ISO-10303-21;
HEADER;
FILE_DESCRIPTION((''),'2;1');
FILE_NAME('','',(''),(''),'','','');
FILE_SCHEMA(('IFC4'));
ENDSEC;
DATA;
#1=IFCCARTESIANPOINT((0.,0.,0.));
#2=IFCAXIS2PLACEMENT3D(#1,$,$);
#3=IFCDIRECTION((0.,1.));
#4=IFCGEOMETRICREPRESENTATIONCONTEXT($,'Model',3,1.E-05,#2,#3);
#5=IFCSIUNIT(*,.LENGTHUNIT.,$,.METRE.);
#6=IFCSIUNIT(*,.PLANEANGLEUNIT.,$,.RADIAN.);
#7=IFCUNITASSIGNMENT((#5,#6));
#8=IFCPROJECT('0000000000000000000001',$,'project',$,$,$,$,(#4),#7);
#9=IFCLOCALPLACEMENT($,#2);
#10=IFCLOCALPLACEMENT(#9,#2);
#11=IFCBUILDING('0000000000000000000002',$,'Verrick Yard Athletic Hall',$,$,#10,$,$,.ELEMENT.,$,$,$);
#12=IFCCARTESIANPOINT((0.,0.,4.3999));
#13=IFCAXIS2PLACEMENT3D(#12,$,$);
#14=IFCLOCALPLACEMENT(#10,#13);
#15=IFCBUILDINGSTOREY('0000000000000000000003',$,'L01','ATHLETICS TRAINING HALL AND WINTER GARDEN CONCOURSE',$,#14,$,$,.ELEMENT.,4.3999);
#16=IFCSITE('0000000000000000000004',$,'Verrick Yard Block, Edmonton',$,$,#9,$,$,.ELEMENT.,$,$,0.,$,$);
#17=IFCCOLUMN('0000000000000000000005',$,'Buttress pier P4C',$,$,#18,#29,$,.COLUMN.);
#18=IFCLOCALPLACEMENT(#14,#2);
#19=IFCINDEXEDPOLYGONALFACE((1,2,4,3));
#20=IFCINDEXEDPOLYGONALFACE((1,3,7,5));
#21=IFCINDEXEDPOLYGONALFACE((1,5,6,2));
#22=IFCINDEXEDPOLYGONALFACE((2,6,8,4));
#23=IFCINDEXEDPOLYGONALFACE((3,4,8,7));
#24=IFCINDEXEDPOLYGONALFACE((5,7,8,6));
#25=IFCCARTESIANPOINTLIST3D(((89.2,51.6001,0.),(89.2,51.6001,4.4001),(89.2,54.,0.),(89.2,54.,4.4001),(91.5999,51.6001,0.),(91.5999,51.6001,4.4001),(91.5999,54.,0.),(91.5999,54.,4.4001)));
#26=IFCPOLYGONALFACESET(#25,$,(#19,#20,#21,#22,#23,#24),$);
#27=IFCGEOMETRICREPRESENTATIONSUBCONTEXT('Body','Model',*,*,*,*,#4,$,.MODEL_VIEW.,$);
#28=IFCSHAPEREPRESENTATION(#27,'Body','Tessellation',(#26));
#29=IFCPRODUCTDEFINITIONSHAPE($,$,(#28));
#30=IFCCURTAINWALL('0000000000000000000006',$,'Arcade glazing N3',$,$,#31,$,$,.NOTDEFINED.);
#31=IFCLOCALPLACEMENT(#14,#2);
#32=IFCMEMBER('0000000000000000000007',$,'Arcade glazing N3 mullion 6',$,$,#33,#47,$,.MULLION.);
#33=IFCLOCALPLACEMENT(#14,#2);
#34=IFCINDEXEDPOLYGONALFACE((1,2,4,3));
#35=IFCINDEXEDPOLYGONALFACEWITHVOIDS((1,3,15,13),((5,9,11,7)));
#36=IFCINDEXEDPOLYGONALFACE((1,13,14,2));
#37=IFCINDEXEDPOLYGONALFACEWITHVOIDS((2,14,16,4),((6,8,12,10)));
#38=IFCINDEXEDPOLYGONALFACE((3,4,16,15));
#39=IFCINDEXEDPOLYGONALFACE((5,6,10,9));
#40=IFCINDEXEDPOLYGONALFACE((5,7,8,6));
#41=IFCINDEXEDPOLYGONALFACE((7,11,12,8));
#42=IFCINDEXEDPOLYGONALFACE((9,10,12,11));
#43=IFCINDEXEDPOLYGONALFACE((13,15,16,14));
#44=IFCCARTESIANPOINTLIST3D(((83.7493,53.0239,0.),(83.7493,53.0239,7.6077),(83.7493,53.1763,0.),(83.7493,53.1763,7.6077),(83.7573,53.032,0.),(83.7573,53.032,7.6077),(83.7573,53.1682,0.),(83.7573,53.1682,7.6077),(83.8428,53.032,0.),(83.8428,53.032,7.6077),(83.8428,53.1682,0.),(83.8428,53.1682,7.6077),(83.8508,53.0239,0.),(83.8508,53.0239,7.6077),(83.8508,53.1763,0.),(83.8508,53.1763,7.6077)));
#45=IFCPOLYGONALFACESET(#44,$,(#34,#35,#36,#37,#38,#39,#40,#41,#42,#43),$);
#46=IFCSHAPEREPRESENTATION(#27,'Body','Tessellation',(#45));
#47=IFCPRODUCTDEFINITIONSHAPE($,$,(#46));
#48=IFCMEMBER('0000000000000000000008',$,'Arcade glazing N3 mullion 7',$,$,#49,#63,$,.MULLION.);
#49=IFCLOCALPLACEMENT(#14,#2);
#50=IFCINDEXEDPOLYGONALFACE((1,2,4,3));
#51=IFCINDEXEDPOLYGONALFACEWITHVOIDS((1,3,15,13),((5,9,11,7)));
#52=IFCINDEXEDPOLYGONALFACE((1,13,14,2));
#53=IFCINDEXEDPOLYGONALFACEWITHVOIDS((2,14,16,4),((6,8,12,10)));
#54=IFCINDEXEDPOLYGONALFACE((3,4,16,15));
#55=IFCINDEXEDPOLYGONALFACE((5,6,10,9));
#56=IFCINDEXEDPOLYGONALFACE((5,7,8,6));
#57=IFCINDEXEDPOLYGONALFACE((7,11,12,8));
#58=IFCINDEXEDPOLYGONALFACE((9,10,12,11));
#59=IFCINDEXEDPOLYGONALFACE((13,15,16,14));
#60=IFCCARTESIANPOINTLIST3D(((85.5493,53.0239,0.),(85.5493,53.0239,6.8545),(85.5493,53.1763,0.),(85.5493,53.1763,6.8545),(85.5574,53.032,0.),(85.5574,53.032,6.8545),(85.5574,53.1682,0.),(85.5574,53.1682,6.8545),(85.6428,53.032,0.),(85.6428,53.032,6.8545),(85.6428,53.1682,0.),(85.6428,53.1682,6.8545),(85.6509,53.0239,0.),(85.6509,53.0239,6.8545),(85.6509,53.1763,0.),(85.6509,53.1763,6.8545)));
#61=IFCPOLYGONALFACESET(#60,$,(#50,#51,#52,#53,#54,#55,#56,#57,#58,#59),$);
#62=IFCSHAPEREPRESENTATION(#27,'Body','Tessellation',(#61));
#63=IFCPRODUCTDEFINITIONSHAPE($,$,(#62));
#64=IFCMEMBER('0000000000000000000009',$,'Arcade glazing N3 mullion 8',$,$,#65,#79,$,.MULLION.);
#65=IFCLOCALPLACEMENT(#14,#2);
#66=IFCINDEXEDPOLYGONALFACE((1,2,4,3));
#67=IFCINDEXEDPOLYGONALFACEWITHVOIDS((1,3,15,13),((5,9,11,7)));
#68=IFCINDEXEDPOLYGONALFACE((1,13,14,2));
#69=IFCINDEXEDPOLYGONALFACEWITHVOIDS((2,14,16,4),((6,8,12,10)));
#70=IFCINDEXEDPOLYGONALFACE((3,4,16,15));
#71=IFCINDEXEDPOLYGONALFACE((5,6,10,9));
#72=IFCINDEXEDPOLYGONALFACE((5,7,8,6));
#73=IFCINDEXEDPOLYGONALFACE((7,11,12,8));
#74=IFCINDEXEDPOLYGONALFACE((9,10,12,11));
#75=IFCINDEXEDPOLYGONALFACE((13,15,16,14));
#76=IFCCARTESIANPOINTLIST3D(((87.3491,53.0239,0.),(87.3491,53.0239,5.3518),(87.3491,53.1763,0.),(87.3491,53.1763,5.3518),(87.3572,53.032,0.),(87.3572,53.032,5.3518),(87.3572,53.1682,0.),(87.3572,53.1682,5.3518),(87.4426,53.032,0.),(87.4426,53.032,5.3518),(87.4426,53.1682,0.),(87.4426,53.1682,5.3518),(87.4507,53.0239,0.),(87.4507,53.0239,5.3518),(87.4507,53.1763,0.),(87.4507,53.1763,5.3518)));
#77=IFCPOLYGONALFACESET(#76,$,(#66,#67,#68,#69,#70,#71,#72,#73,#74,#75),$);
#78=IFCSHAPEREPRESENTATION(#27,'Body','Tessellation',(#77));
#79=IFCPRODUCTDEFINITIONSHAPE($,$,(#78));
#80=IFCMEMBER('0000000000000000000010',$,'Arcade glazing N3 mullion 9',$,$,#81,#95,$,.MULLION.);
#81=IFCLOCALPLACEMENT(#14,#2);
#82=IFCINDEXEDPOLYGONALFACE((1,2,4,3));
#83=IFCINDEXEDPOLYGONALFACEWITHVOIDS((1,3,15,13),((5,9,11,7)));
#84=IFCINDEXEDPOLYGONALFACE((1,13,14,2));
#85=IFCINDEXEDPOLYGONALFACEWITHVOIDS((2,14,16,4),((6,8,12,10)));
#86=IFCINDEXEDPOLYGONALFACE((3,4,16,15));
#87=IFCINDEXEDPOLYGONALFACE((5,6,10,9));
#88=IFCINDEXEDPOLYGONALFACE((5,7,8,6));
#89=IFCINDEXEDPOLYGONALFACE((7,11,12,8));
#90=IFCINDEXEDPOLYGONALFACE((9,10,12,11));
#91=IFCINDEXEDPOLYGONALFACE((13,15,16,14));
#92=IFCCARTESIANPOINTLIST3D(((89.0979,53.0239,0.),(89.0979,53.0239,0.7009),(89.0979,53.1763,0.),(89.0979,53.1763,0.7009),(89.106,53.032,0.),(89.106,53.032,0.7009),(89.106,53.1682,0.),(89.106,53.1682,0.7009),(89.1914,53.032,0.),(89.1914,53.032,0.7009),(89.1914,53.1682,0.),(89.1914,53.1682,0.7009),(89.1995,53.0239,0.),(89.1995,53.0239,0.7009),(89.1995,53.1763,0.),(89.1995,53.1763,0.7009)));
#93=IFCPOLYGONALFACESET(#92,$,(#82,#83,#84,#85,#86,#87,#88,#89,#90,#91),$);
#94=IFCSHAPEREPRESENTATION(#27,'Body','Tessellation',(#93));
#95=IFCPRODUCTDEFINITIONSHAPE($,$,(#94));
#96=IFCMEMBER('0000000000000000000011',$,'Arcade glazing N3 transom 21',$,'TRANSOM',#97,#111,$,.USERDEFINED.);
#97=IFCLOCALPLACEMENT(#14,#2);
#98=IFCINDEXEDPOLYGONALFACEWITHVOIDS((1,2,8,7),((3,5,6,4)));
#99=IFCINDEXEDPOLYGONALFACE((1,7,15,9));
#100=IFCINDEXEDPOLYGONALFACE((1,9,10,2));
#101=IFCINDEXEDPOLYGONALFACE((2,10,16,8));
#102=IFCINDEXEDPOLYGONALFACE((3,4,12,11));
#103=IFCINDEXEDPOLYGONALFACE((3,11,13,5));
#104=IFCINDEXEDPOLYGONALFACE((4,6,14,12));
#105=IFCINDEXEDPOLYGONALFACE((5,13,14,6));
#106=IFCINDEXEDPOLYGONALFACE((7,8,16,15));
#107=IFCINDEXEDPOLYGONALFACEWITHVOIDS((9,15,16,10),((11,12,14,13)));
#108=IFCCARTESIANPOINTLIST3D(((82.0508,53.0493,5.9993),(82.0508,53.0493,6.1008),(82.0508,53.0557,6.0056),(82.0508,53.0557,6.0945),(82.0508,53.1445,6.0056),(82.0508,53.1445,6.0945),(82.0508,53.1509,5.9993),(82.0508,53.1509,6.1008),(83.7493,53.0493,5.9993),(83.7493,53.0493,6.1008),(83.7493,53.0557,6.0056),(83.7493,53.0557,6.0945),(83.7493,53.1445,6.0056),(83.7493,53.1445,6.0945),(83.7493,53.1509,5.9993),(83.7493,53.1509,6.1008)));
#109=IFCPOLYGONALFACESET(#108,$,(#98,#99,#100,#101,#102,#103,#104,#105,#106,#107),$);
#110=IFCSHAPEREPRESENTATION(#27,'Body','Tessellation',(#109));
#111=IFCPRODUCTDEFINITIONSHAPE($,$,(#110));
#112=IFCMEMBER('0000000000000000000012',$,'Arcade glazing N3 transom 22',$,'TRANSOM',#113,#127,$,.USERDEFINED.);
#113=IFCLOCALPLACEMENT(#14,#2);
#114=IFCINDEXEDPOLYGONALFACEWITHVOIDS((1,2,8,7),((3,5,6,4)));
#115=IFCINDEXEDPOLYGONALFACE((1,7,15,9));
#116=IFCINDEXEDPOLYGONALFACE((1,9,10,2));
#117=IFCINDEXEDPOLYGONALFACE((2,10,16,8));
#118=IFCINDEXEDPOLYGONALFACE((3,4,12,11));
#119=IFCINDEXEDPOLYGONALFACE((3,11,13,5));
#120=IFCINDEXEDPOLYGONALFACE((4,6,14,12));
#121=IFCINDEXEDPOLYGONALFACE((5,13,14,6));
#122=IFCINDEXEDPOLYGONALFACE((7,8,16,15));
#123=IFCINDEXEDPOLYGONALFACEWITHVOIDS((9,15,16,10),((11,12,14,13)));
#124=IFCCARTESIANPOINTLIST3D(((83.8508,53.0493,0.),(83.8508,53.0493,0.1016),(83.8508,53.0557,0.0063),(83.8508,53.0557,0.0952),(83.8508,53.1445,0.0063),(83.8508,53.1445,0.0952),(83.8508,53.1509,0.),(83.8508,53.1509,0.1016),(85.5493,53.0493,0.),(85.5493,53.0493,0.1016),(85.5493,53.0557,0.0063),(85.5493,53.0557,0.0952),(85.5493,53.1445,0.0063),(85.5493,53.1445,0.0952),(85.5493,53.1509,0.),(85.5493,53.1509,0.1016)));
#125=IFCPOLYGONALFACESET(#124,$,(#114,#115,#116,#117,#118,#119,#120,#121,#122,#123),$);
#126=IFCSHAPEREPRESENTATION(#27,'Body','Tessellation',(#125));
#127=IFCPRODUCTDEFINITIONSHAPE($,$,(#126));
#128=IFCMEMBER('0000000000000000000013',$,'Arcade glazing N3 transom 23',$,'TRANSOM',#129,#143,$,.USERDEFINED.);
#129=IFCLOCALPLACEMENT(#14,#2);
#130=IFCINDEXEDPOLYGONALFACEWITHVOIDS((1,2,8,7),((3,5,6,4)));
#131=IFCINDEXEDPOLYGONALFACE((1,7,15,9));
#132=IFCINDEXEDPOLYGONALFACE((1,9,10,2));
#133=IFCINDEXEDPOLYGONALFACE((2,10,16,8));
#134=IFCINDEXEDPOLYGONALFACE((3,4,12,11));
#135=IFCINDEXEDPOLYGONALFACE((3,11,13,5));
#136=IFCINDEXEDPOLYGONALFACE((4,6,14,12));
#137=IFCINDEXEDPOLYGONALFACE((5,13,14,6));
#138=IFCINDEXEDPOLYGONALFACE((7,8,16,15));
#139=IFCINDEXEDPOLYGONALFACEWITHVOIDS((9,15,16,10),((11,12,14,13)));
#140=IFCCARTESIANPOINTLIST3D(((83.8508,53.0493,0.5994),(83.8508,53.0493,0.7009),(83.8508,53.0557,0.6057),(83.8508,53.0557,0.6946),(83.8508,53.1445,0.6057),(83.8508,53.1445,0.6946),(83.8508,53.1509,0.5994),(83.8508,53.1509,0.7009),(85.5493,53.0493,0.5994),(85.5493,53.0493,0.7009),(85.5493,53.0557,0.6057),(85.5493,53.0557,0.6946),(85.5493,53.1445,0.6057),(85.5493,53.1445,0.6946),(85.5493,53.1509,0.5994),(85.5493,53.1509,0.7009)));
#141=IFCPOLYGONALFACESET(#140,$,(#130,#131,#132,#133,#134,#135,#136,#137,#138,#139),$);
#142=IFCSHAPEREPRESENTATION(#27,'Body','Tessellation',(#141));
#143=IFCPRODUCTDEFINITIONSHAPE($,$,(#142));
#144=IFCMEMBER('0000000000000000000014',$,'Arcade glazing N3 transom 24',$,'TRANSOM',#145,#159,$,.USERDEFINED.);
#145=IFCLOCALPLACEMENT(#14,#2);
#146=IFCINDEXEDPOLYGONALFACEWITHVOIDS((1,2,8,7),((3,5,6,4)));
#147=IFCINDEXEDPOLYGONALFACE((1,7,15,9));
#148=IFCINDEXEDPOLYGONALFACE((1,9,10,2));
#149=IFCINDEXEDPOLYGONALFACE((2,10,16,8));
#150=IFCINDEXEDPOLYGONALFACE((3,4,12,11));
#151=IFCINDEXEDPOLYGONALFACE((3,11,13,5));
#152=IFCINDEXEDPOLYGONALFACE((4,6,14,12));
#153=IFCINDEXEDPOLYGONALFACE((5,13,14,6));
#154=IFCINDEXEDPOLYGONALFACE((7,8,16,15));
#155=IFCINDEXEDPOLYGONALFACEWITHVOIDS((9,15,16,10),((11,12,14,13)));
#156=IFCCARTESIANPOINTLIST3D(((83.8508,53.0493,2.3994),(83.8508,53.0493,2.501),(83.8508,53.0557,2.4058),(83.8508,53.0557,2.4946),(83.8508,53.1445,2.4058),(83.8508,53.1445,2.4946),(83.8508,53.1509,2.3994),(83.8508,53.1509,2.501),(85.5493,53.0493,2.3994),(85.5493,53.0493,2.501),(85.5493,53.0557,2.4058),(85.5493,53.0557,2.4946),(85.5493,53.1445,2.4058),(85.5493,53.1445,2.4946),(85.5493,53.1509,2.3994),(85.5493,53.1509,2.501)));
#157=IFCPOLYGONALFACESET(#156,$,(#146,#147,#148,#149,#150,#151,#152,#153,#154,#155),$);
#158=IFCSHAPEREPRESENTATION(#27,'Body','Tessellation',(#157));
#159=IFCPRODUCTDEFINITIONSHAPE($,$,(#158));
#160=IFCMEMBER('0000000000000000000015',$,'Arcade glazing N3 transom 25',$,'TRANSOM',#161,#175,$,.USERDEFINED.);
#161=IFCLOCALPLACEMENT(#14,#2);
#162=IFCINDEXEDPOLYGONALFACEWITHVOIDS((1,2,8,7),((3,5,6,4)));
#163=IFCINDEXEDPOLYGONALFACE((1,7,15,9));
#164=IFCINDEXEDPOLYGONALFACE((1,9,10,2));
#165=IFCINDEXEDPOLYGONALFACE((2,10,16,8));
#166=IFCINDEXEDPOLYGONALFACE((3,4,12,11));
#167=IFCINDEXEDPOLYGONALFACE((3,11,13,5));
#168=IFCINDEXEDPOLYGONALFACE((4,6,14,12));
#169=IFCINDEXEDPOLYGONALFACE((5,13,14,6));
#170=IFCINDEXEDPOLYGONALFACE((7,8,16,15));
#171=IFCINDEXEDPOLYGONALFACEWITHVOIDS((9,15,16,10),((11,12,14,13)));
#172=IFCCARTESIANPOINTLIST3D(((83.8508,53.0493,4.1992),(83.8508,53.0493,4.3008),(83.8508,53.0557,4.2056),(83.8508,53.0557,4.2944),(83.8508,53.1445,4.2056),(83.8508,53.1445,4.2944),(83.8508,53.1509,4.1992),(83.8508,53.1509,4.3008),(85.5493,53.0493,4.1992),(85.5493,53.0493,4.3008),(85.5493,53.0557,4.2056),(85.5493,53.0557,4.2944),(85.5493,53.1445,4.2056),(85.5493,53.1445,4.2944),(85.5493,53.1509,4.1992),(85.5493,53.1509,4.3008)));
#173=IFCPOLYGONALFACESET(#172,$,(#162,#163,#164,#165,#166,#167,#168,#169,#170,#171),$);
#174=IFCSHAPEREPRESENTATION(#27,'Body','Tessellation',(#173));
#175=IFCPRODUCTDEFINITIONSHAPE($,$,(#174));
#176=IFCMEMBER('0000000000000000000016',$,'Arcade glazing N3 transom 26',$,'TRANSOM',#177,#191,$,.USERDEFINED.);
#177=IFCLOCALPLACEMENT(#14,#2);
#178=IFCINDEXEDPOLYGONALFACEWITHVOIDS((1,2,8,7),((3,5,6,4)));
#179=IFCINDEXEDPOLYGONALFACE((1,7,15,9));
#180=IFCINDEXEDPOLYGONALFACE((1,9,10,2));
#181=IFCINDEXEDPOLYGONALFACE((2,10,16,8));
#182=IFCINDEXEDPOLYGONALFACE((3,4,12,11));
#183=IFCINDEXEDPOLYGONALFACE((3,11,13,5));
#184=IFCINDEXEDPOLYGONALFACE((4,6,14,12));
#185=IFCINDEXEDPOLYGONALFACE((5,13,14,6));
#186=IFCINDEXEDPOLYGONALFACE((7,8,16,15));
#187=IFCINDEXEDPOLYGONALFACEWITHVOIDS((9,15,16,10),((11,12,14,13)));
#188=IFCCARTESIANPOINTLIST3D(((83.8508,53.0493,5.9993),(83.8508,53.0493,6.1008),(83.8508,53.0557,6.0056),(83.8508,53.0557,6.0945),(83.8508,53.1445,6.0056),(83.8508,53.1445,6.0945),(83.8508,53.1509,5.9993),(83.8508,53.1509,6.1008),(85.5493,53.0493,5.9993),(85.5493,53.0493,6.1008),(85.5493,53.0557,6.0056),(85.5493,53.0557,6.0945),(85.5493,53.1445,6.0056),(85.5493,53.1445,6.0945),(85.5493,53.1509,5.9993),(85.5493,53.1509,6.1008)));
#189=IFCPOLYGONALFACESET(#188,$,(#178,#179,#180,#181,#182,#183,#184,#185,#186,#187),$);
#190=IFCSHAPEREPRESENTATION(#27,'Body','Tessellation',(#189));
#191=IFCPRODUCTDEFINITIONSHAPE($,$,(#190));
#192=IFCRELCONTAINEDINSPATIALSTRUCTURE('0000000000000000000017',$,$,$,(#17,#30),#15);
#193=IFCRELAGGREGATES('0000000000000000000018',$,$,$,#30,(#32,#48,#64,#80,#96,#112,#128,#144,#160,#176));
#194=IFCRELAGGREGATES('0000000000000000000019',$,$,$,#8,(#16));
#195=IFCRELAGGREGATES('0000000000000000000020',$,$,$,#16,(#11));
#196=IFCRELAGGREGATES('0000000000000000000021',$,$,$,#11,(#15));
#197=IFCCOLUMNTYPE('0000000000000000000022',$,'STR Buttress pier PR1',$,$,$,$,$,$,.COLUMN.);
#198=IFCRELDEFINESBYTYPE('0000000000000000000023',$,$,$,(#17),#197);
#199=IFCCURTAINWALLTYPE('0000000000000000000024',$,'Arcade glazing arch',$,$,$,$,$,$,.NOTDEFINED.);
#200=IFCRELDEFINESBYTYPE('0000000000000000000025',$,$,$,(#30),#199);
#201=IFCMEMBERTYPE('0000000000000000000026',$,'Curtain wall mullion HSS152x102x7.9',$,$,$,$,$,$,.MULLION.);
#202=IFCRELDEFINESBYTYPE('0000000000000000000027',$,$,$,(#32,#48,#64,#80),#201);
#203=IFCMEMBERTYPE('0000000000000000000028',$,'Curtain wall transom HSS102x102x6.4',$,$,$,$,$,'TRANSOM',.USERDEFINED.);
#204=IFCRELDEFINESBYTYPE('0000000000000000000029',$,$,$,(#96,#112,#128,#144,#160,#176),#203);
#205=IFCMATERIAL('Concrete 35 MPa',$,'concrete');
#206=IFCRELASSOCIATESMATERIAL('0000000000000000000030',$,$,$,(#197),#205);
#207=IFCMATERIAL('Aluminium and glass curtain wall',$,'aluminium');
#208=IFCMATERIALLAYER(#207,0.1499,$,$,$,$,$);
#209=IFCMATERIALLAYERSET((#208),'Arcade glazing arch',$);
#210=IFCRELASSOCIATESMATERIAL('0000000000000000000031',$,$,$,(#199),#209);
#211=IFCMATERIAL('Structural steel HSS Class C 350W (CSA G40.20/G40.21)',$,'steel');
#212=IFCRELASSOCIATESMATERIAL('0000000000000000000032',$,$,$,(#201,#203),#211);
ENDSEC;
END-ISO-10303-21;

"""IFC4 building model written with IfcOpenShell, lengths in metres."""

from ifc_helpers import new_model, si_unit, direction, frame, origin, origin_2d, place, context, subcontext, project, spatial, rectangle, hollow_rectangle, extrude, material, layer, layer_set, material_profile, profile_set, type_object, element, aggregate, save


model = new_model("IFC4")

# Units and contexts
model_context = context("Model", 3, precision=1e-05, world=origin(), true_north=direction((0.0, 1.0)))
body_context = subcontext(model_context, "Body", "Model", "MODEL_VIEW")
ifc_project = project(units=[si_unit("LENGTHUNIT", "METRE"), si_unit("PLANEANGLEUNIT", "RADIAN")], contexts=[model_context])

# Site, building, storey
site_placement = place(None, origin())
site = spatial("IfcSite", under=ifc_project, at=site_placement, Name="Verrick Yard Block, Edmonton", CompositionType="ELEMENT", RefElevation=0.0)
building_placement = place(site_placement, origin())
building = spatial("IfcBuilding", under=site, at=building_placement, Name="Verrick Yard Athletic Hall", CompositionType="ELEMENT")
storey_placement = place(building_placement, frame((0.0, 0.0, 4.3999)))
storey = spatial("IfcBuildingStorey", under=building, at=storey_placement, Name="L01", Description="ATHLETICS TRAINING HALL AND WINTER GARDEN CONCOURSE", CompositionType="ELEMENT", Elevation=4.3999)

# Column
ifc_material_1 = material(Name="Concrete 35 MPa", Category="concrete")
ifc_material_profile_1 = material_profile(ifc_material_1, rectangle(XDim=2.3999, YDim=2.3999, at=origin_2d()), Name="STR Buttress pier PR1")
ifc_profile_set_1 = profile_set([ifc_material_profile_1], Name="Concrete 35 MPa")
column_type = type_object("IfcColumnType", Name="STR Buttress pier PR1", PredefinedType="COLUMN", material=ifc_profile_set_1)
column_placement = place(storey_placement, frame((90.3999, 52.8, 0.0), z_axis=(0.0, 0.0, 1.0), x_axis=(1.0, 0.0, 0.0)))
element("IfcColumn", 1, at=column_placement, inside=storey, type_object=column_type, Name="Buttress pier P4C", PredefinedType="COLUMN", context=body_context, shape_type="SweptSolid", body=[
    extrude(rectangle(XDim=2.3999, YDim=2.3999, at=origin_2d()), origin(), (0.0, 0.0, 1.0), 4.4001),
])

# Curtain wall, members
ifc_material_2 = material(Name="Aluminium and glass curtain wall", Category="aluminium")
ifc_layer_1 = layer(ifc_material_2, 0.1499)
ifc_layer_set_1 = layer_set([ifc_layer_1], Name="Arcade glazing arch")
curtain_wall_type = type_object("IfcCurtainWallType", Name="Arcade glazing arch", PredefinedType="NOTDEFINED", material=ifc_layer_set_1)
curtain_wall_placement = place(storey_placement, origin())
curtain_wall = element("IfcCurtainWall", 2, at=curtain_wall_placement, inside=storey, type_object=curtain_wall_type, Name="Arcade glazing N3", PredefinedType="NOTDEFINED")
ifc_material_3 = material(Name="Structural steel HSS Class C 350W (CSA G40.20/G40.21)", Category="steel")
ifc_material_profile_2 = material_profile(ifc_material_3, hollow_rectangle(XDim=0.1016, YDim=0.1523, WallThickness=0.0081, at=origin_2d()), Name="HSS152x102x7.9")
ifc_profile_set_2 = profile_set([ifc_material_profile_2], Name="Structural steel HSS Class C 350W (CSA G40.20/G40.21)")
member_type_1 = type_object("IfcMemberType", Name="Curtain wall mullion HSS152x102x7.9", PredefinedType="MULLION", material=ifc_profile_set_2)
member_1_placement = place(storey_placement, frame((83.8, 53.1001, 0.0), z_axis=(0.0, 0.0, 1.0), x_axis=(1.0, 0.0, 0.0)))
member_1 = element("IfcMember", 3, at=member_1_placement, type_object=member_type_1, Name="Arcade glazing N3 mullion 6", PredefinedType="MULLION", context=body_context, shape_type="SweptSolid", body=[
    extrude(hollow_rectangle(XDim=0.1016, YDim=0.1523, WallThickness=0.0081, at=origin_2d()), origin(), (0.0, 0.0, 1.0), 7.6077),
])
member_2_placement = place(storey_placement, frame((85.6001, 53.1001, 0.0), z_axis=(0.0, 0.0, 1.0), x_axis=(1.0, 0.0, 0.0)))
member_2 = element("IfcMember", 4, at=member_2_placement, type_object=member_type_1, Name="Arcade glazing N3 mullion 7", PredefinedType="MULLION", context=body_context, shape_type="SweptSolid", body=[
    extrude(hollow_rectangle(XDim=0.1016, YDim=0.1523, WallThickness=0.0081, at=origin_2d()), origin(), (0.0, 0.0, 1.0), 6.8545),
])
member_3_placement = place(storey_placement, frame((87.3999, 53.1001, 0.0), z_axis=(0.0, 0.0, 1.0), x_axis=(1.0, 0.0, 0.0)))
member_3 = element("IfcMember", 5, at=member_3_placement, type_object=member_type_1, Name="Arcade glazing N3 mullion 8", PredefinedType="MULLION", context=body_context, shape_type="SweptSolid", body=[
    extrude(hollow_rectangle(XDim=0.1016, YDim=0.1523, WallThickness=0.0081, at=origin_2d()), origin(), (0.0, 0.0, 1.0), 5.3518),
])
member_4_placement = place(storey_placement, frame((89.1487, 53.1001, 0.0), z_axis=(0.0, 0.0, 1.0), x_axis=(1.0, 0.0, 0.0)))
member_4 = element("IfcMember", 6, at=member_4_placement, type_object=member_type_1, Name="Arcade glazing N3 mullion 9", PredefinedType="MULLION", context=body_context, shape_type="SweptSolid", body=[
    extrude(hollow_rectangle(XDim=0.1016, YDim=0.1523, WallThickness=0.0081, at=origin_2d()), origin(), (0.0, 0.0, 1.0), 0.7009),
])
ifc_material_profile_3 = material_profile(ifc_material_3, hollow_rectangle(XDim=0.1016, YDim=0.1016, WallThickness=0.0063, at=origin_2d()), Name="HSS102x102x6.4")
ifc_profile_set_3 = profile_set([ifc_material_profile_3], Name="Structural steel HSS Class C 350W (CSA G40.20/G40.21)")
member_type_2 = type_object("IfcMemberType", Name="Curtain wall transom HSS102x102x6.4", ElementType="TRANSOM", PredefinedType="USERDEFINED", material=ifc_profile_set_3)
member_5_placement = place(storey_placement, frame((82.0508, 53.1001, 6.05), z_axis=(1.0, 0.0, 0.0), x_axis=(0.0, 1.0, 0.0)))
member_5 = element("IfcMember", 7, at=member_5_placement, type_object=member_type_2, Name="Arcade glazing N3 transom 21", ObjectType="TRANSOM", PredefinedType="USERDEFINED", context=body_context, shape_type="SweptSolid", body=[
    extrude(hollow_rectangle(XDim=0.1016, YDim=0.1016, WallThickness=0.0063, at=origin_2d()), origin(), (0.0, 0.0, 1.0), 1.6985),
])
member_6_placement = place(storey_placement, frame((83.8508, 53.1001, 0.0508), z_axis=(1.0, 0.0, 0.0), x_axis=(0.0, 1.0, 0.0)))
member_6 = element("IfcMember", 8, at=member_6_placement, type_object=member_type_2, Name="Arcade glazing N3 transom 22", ObjectType="TRANSOM", PredefinedType="USERDEFINED", context=body_context, shape_type="SweptSolid", body=[
    extrude(hollow_rectangle(XDim=0.1016, YDim=0.1016, WallThickness=0.0063, at=origin_2d()), origin(), (0.0, 0.0, 1.0), 1.6985),
])
member_7_placement = place(storey_placement, frame((83.8508, 53.1001, 0.6501), z_axis=(1.0, 0.0, 0.0), x_axis=(0.0, 1.0, 0.0)))
member_7 = element("IfcMember", 9, at=member_7_placement, type_object=member_type_2, Name="Arcade glazing N3 transom 23", ObjectType="TRANSOM", PredefinedType="USERDEFINED", context=body_context, shape_type="SweptSolid", body=[
    extrude(hollow_rectangle(XDim=0.1016, YDim=0.1016, WallThickness=0.0063, at=origin_2d()), origin(), (0.0, 0.0, 1.0), 1.6985),
])
member_8_placement = place(storey_placement, frame((83.8508, 53.1001, 2.4502), z_axis=(1.0, 0.0, 0.0), x_axis=(0.0, 1.0, 0.0)))
member_8 = element("IfcMember", 10, at=member_8_placement, type_object=member_type_2, Name="Arcade glazing N3 transom 24", ObjectType="TRANSOM", PredefinedType="USERDEFINED", context=body_context, shape_type="SweptSolid", body=[
    extrude(hollow_rectangle(XDim=0.1016, YDim=0.1016, WallThickness=0.0063, at=origin_2d()), origin(), (0.0, 0.0, 1.0), 1.6985),
])
member_9_placement = place(storey_placement, frame((83.8508, 53.1001, 4.25), z_axis=(1.0, 0.0, 0.0), x_axis=(0.0, 1.0, 0.0)))
member_9 = element("IfcMember", 11, at=member_9_placement, type_object=member_type_2, Name="Arcade glazing N3 transom 25", ObjectType="TRANSOM", PredefinedType="USERDEFINED", context=body_context, shape_type="SweptSolid", body=[
    extrude(hollow_rectangle(XDim=0.1016, YDim=0.1016, WallThickness=0.0063, at=origin_2d()), origin(), (0.0, 0.0, 1.0), 1.6985),
])
member_10_placement = place(storey_placement, frame((83.8508, 53.1001, 6.05), z_axis=(1.0, 0.0, 0.0), x_axis=(0.0, 1.0, 0.0)))
member_10 = element("IfcMember", 12, at=member_10_placement, type_object=member_type_2, Name="Arcade glazing N3 transom 26", ObjectType="TRANSOM", PredefinedType="USERDEFINED", context=body_context, shape_type="SweptSolid", body=[
    extrude(hollow_rectangle(XDim=0.1016, YDim=0.1016, WallThickness=0.0063, at=origin_2d()), origin(), (0.0, 0.0, 1.0), 1.6985),
])
aggregate(curtain_wall, [member_1, member_2, member_3, member_4, member_5, member_6, member_7, member_8, member_9, member_10])

save(model, "model.ifc")
